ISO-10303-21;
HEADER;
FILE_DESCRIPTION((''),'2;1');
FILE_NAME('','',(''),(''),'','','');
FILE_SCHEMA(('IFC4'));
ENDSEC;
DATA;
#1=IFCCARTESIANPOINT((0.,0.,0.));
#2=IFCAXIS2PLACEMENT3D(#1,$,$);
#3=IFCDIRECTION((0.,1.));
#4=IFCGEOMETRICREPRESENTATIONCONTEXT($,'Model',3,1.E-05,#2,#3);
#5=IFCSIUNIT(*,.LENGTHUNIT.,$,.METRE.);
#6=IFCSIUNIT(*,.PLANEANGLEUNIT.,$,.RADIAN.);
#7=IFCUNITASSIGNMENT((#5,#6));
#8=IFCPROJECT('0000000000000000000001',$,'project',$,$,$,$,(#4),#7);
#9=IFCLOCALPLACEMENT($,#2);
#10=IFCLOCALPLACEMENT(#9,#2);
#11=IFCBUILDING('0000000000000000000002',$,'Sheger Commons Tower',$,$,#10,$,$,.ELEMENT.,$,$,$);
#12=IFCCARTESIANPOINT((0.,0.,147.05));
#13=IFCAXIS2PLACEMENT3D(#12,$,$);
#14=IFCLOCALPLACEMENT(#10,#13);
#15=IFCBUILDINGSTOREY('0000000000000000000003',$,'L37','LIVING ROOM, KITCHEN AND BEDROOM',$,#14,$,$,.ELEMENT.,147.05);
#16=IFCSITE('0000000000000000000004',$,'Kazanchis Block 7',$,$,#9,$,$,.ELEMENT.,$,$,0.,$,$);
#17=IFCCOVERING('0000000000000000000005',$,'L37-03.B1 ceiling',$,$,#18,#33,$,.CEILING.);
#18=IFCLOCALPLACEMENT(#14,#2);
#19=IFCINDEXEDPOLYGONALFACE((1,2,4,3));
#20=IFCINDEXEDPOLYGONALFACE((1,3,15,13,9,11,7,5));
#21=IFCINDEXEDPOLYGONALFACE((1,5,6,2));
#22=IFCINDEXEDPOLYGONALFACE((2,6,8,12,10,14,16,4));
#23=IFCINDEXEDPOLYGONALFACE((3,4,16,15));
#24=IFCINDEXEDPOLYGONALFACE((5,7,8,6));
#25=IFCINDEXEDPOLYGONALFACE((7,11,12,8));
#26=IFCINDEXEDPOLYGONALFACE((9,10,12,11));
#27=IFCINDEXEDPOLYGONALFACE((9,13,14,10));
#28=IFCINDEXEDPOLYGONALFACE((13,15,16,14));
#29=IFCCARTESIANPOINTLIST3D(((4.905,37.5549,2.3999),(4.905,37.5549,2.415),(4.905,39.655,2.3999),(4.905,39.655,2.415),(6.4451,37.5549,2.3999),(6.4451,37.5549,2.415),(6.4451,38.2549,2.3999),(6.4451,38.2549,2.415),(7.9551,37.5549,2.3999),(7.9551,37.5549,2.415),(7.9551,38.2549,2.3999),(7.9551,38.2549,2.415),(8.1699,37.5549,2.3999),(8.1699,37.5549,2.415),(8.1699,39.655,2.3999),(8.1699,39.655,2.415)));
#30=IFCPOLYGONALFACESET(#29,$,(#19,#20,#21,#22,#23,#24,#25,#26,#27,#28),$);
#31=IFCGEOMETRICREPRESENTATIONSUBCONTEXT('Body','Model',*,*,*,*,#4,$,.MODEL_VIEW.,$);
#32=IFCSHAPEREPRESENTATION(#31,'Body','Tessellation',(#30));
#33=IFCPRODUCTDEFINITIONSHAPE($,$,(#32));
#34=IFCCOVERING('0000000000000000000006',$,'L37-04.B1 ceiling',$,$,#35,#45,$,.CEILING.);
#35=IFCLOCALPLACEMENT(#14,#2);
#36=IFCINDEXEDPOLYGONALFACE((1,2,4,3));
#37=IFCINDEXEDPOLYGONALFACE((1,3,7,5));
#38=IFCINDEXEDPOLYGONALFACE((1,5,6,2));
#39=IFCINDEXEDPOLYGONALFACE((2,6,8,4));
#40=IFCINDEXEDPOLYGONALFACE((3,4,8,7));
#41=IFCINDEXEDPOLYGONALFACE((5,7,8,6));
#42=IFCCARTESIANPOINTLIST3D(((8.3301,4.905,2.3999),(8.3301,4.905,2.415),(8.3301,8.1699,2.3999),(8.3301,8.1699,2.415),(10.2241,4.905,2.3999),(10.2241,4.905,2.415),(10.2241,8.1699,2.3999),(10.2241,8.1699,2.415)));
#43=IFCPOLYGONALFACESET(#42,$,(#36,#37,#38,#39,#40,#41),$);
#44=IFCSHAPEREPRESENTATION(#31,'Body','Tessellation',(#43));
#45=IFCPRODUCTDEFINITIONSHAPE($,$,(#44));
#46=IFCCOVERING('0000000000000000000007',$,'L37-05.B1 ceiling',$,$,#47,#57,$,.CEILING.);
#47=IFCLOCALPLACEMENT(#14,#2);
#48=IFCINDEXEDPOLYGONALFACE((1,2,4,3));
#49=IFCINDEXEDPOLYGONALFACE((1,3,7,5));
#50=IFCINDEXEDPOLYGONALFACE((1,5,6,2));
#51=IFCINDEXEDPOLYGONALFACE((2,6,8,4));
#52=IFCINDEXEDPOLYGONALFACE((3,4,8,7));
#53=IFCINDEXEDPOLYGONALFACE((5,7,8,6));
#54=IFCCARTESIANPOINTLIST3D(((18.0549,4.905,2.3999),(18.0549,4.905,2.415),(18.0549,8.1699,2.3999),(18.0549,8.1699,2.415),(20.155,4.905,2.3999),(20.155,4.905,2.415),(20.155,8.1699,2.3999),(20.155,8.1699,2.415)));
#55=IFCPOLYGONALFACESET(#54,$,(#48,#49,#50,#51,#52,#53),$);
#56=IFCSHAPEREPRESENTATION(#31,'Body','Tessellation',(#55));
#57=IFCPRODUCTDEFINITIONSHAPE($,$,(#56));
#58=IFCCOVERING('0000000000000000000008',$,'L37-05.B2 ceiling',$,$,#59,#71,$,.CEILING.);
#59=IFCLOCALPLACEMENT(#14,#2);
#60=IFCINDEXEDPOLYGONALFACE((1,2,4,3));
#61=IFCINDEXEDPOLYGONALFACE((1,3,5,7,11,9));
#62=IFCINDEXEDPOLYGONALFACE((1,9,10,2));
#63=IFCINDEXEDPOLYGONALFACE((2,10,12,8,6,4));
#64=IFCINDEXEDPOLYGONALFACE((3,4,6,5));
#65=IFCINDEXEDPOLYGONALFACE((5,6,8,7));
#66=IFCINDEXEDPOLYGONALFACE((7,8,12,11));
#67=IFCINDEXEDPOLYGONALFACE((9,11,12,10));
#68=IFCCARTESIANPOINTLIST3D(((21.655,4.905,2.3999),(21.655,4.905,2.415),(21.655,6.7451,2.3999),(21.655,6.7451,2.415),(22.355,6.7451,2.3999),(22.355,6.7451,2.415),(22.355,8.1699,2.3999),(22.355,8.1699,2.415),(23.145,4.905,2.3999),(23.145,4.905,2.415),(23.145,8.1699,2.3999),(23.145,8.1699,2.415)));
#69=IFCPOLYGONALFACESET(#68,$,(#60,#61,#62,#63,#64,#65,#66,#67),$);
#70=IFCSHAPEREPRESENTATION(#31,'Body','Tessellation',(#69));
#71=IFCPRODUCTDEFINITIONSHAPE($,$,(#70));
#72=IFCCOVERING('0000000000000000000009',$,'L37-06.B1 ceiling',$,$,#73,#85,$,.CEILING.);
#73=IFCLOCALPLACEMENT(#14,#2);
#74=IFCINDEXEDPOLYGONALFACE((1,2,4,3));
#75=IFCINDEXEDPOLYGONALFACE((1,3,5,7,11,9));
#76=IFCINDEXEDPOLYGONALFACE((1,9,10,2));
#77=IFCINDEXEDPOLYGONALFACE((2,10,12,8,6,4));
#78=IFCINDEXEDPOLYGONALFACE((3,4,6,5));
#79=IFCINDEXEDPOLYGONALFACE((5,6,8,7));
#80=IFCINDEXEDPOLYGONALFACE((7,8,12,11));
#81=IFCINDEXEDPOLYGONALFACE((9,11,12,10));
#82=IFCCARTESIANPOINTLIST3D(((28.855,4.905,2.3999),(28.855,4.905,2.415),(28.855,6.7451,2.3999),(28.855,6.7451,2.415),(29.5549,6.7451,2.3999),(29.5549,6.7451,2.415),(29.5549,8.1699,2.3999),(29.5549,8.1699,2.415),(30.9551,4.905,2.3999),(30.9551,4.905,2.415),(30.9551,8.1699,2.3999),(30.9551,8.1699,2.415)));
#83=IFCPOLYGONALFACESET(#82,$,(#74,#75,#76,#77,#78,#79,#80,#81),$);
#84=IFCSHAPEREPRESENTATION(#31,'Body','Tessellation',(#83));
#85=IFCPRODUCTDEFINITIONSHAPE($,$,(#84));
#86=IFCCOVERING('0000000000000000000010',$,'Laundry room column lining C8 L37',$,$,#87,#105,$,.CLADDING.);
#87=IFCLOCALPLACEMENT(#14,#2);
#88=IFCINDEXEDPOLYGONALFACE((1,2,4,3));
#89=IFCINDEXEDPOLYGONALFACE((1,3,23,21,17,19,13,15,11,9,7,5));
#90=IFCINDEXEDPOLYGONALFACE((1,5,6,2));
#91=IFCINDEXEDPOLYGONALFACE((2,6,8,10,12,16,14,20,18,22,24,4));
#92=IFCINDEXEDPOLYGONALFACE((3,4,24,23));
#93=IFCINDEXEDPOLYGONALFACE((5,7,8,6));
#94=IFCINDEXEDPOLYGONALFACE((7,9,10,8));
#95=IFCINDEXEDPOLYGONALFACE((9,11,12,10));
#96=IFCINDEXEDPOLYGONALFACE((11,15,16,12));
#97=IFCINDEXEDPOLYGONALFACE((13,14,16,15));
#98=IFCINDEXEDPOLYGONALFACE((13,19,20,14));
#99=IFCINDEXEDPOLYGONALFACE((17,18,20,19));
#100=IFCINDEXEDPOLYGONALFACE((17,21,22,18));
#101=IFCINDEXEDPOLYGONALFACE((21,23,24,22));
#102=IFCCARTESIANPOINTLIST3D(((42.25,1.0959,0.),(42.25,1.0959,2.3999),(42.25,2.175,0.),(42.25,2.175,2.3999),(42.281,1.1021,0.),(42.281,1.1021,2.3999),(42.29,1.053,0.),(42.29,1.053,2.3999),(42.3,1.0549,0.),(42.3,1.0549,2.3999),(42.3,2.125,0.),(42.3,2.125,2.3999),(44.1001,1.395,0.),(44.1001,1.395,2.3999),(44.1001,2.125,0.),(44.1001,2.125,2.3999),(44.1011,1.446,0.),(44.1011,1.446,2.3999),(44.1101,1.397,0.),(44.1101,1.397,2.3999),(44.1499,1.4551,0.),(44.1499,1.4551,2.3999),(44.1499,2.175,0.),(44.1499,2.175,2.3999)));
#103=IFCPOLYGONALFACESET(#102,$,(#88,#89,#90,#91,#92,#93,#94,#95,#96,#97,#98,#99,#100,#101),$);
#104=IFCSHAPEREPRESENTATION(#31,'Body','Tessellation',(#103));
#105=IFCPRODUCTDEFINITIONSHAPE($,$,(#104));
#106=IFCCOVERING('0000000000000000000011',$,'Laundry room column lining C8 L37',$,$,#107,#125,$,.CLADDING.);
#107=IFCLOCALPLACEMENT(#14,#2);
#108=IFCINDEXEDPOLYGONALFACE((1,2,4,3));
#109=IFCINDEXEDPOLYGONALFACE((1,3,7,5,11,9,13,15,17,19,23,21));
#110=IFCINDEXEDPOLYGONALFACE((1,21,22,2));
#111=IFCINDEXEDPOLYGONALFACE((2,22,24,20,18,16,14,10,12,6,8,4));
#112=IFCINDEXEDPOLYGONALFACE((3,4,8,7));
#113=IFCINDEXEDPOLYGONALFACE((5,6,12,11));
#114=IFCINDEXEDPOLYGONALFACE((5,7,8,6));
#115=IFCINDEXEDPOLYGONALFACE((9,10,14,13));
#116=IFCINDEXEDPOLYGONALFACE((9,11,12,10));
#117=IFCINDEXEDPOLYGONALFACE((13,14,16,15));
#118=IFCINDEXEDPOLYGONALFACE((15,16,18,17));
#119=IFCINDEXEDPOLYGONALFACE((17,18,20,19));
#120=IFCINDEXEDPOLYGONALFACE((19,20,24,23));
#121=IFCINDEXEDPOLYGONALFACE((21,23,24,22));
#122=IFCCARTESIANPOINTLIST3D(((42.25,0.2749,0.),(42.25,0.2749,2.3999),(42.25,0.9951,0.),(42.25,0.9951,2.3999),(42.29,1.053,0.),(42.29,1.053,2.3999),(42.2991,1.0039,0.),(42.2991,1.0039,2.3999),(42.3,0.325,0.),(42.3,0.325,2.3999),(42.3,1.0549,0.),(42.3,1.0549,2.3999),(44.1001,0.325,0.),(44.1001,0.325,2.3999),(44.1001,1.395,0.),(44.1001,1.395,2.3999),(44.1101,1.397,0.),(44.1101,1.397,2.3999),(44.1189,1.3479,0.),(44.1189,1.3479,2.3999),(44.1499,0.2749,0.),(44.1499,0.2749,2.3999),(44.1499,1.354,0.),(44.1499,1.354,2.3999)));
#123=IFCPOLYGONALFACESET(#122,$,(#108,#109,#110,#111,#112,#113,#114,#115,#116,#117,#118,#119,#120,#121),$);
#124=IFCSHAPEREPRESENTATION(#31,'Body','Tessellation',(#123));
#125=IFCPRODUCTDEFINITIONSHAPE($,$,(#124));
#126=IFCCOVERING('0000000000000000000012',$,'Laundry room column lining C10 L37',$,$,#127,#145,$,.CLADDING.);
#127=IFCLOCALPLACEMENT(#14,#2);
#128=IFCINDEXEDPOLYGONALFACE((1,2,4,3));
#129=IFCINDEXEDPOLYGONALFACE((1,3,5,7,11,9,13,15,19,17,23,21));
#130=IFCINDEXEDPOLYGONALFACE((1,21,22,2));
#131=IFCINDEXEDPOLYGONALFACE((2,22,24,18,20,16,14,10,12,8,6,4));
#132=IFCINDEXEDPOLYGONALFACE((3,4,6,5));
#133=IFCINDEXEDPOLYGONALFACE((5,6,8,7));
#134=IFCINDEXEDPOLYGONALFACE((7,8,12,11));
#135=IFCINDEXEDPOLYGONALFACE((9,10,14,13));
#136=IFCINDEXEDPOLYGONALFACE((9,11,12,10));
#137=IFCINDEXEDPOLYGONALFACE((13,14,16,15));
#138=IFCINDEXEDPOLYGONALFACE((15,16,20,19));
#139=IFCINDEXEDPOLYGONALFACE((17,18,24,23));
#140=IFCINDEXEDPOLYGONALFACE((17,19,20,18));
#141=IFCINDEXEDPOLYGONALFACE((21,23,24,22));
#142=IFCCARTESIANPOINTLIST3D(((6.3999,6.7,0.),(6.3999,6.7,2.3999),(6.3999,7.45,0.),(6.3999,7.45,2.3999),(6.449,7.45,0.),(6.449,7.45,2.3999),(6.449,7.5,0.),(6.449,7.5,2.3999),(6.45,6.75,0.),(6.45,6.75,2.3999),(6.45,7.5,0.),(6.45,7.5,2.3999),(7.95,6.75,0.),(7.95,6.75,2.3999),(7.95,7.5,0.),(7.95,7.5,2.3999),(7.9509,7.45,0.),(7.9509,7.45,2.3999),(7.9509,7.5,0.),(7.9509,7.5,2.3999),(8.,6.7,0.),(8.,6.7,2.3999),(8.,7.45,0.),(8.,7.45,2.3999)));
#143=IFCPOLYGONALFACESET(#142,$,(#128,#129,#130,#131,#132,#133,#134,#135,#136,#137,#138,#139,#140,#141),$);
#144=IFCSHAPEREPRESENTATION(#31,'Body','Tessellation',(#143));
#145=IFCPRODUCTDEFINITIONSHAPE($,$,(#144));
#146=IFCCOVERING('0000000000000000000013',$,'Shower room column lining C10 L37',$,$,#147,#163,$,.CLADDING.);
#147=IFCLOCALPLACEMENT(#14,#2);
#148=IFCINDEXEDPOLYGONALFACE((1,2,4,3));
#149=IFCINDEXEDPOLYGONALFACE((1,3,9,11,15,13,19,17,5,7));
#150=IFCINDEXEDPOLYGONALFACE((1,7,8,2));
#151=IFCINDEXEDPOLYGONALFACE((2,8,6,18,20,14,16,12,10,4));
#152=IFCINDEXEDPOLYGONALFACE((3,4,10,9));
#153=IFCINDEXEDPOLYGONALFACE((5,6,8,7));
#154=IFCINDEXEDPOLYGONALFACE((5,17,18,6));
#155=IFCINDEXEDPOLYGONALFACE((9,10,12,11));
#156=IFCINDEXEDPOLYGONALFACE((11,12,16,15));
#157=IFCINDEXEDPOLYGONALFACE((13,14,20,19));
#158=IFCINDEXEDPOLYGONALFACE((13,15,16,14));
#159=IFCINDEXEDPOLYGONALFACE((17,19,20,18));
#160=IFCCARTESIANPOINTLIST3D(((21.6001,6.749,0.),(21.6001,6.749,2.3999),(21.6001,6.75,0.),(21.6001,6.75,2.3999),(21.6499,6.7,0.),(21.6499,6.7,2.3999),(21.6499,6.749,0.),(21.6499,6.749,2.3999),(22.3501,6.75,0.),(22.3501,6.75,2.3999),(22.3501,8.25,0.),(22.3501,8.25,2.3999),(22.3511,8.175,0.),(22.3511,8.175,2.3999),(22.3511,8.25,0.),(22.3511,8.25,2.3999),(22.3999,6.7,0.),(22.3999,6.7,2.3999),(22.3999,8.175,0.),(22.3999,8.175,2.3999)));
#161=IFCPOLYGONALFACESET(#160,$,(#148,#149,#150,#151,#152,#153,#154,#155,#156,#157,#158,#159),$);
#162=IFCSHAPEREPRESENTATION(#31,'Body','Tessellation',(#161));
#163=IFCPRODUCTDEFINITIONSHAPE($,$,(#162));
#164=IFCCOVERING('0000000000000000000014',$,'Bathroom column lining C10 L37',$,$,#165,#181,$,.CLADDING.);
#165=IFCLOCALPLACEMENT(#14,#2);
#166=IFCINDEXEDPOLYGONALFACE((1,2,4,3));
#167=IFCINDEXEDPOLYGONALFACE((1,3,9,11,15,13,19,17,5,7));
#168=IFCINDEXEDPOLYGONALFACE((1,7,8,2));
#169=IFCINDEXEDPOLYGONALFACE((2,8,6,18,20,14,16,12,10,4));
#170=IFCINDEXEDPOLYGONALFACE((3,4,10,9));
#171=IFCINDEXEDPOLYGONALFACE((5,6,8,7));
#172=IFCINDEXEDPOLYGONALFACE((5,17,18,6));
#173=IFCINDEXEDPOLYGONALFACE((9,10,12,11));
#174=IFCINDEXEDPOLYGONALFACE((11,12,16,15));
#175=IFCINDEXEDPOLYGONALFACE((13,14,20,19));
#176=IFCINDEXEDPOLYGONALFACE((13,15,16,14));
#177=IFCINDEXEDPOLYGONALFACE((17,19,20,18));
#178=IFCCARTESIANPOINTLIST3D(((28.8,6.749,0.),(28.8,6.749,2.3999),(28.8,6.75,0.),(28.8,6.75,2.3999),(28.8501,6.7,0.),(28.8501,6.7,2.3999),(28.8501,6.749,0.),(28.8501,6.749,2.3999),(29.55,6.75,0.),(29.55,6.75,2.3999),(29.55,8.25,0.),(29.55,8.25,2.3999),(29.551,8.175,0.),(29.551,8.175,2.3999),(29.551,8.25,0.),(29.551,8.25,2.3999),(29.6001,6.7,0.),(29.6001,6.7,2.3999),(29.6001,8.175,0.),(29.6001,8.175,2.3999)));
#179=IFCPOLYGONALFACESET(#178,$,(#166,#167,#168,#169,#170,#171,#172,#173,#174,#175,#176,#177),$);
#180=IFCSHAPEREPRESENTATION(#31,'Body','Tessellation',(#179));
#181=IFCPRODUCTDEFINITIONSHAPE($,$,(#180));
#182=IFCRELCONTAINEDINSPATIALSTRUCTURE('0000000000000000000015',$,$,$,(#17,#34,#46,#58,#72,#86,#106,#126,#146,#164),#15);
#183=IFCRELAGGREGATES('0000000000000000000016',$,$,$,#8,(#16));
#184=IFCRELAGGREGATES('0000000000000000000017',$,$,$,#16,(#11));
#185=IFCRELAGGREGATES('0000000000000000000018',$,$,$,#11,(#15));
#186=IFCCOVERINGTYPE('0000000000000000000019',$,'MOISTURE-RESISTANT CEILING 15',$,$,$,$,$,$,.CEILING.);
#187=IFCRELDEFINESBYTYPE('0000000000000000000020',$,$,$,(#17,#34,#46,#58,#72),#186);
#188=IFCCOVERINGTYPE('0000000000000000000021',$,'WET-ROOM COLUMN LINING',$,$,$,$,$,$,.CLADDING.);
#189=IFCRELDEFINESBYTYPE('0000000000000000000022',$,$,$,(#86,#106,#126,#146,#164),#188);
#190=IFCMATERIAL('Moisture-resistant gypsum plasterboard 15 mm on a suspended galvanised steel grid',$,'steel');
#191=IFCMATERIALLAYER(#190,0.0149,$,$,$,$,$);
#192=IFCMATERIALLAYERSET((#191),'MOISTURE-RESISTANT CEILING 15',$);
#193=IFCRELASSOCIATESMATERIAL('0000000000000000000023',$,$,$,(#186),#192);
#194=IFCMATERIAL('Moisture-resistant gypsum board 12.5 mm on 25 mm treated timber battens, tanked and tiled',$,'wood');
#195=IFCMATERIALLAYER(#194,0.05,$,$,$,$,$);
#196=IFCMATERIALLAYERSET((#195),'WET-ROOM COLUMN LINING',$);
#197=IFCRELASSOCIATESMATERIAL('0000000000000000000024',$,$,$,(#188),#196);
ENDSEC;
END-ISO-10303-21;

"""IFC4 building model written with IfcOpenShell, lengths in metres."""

from ifc_helpers import new_model, si_unit, direction, frame, origin, place, context, subcontext, project, spatial, polyline, outline, extrude, material, layer, layer_set, type_object, element, save


model = new_model("IFC4")

# Units and contexts
model_context = context("Model", 3, precision=1e-05, world=origin(), true_north=direction((0.0, 1.0)))
body_context = subcontext(model_context, "Body", "Model", "MODEL_VIEW")
ifc_project = project(units=[si_unit("LENGTHUNIT", "METRE"), si_unit("PLANEANGLEUNIT", "RADIAN")], contexts=[model_context])

# Site, building, storey
site_placement = place(None, origin())
site = spatial("IfcSite", under=ifc_project, at=site_placement, Name="Kazanchis Block 7", CompositionType="ELEMENT", RefElevation=0.0)
building_placement = place(site_placement, origin())
building = spatial("IfcBuilding", under=site, at=building_placement, Name="Sheger Commons Tower", CompositionType="ELEMENT")
storey_placement = place(building_placement, frame((0.0, 0.0, 147.05)))
storey = spatial("IfcBuildingStorey", under=building, at=storey_placement, Name="L37", Description="LIVING ROOM, KITCHEN AND BEDROOM", CompositionType="ELEMENT", Elevation=147.05)

# Coverings
ifc_material_1 = material(Name="Moisture-resistant gypsum plasterboard 15 mm on a suspended galvanised steel grid", Category="steel")
ifc_layer_1 = layer(ifc_material_1, 0.0149)
ifc_layer_set_1 = layer_set([ifc_layer_1], Name="MOISTURE-RESISTANT CEILING 15")
covering_type_1 = type_object("IfcCoveringType", Name="MOISTURE-RESISTANT CEILING 15", PredefinedType="CEILING", material=ifc_layer_set_1)
covering_1_placement = place(storey_placement, frame((0.0, 0.0, 2.3999)))
element("IfcCovering", 1, at=covering_1_placement, inside=storey, type_object=covering_type_1, Name="L37-03.B1 ceiling", PredefinedType="CEILING", context=body_context, shape_type="SweptSolid", body=[
    extrude(outline(polyline([(4.905, 37.5549), (6.4451, 37.5549), (6.4451, 38.2549), (7.9551, 38.2549), (7.9551, 37.5549), (8.1699, 37.5549), (8.1699, 39.655), (4.905, 39.655), (4.905, 37.5549)])), origin(), (0.0, 0.0, 1.0), 0.0151),
])
covering_2_placement = place(storey_placement, frame((0.0, 0.0, 2.3999)))
element("IfcCovering", 2, at=covering_2_placement, inside=storey, type_object=covering_type_1, Name="L37-04.B1 ceiling", PredefinedType="CEILING", context=body_context, shape_type="SweptSolid", body=[
    extrude(outline(polyline([(8.3301, 4.905), (10.2241, 4.905), (10.2241, 8.1699), (8.3301, 8.1699), (8.3301, 4.905)])), origin(), (0.0, 0.0, 1.0), 0.0151),
])
covering_3_placement = place(storey_placement, frame((0.0, 0.0, 2.3999)))
element("IfcCovering", 3, at=covering_3_placement, inside=storey, type_object=covering_type_1, Name="L37-05.B1 ceiling", PredefinedType="CEILING", context=body_context, shape_type="SweptSolid", body=[
    extrude(outline(polyline([(18.0549, 4.905), (20.155, 4.905), (20.155, 8.1699), (18.0549, 8.1699), (18.0549, 4.905)])), origin(), (0.0, 0.0, 1.0), 0.0151),
])
covering_4_placement = place(storey_placement, frame((0.0, 0.0, 2.3999)))
element("IfcCovering", 4, at=covering_4_placement, inside=storey, type_object=covering_type_1, Name="L37-05.B2 ceiling", PredefinedType="CEILING", context=body_context, shape_type="SweptSolid", body=[
    extrude(outline(polyline([(21.655, 4.905), (23.145, 4.905), (23.145, 8.1699), (22.355, 8.1699), (22.355, 6.7451), (21.655, 6.7451), (21.655, 4.905)])), origin(), (0.0, 0.0, 1.0), 0.0151),
])
covering_5_placement = place(storey_placement, frame((0.0, 0.0, 2.3999)))
element("IfcCovering", 5, at=covering_5_placement, inside=storey, type_object=covering_type_1, Name="L37-06.B1 ceiling", PredefinedType="CEILING", context=body_context, shape_type="SweptSolid", body=[
    extrude(outline(polyline([(28.855, 4.905), (30.9551, 4.905), (30.9551, 8.1699), (29.5549, 8.1699), (29.5549, 6.7451), (28.855, 6.7451), (28.855, 4.905)])), origin(), (0.0, 0.0, 1.0), 0.0151),
])
ifc_material_2 = material(Name="Moisture-resistant gypsum board 12.5 mm on 25 mm treated timber battens, tanked and tiled", Category="wood")
ifc_layer_2 = layer(ifc_material_2, 0.05)
ifc_layer_set_2 = layer_set([ifc_layer_2], Name="WET-ROOM COLUMN LINING")
covering_type_2 = type_object("IfcCoveringType", Name="WET-ROOM COLUMN LINING", PredefinedType="CLADDING", material=ifc_layer_set_2)
covering_6_placement = place(storey_placement, origin())
element("IfcCovering", 6, at=covering_6_placement, inside=storey, type_object=covering_type_2, Name="Laundry room column lining C8 L37", PredefinedType="CLADDING", context=body_context, shape_type="SweptSolid", body=[
    extrude(outline(polyline([(44.1499, 2.175), (44.1499, 1.4551), (44.1011, 1.446), (44.1101, 1.397), (44.1001, 1.395), (44.1001, 2.125), (42.3, 2.125), (42.3, 1.0549), (42.29, 1.053), (42.281, 1.1021), (42.25, 1.0959), (42.25, 2.175), (44.1499, 2.175)])), origin(), (0.0, 0.0, 1.0), 2.3999),
])
covering_7_placement = place(storey_placement, origin())
element("IfcCovering", 7, at=covering_7_placement, inside=storey, type_object=covering_type_2, Name="Laundry room column lining C8 L37", PredefinedType="CLADDING", context=body_context, shape_type="SweptSolid", body=[
    extrude(outline(polyline([(42.3, 1.0549), (42.3, 0.325), (44.1001, 0.325), (44.1001, 1.395), (44.1101, 1.397), (44.1189, 1.3479), (44.1499, 1.354), (44.1499, 0.2749), (42.25, 0.2749), (42.25, 0.9951), (42.2991, 1.0039), (42.29, 1.053), (42.3, 1.0549)])), origin(), (0.0, 0.0, 1.0), 2.3999),
])
covering_8_placement = place(storey_placement, origin())
element("IfcCovering", 8, at=covering_8_placement, inside=storey, type_object=covering_type_2, Name="Laundry room column lining C10 L37", PredefinedType="CLADDING", context=body_context, shape_type="SweptSolid", body=[
    extrude(outline(polyline([(6.45, 7.5), (6.45, 6.75), (7.95, 6.75), (7.95, 7.5), (7.9509, 7.5), (7.9509, 7.45), (8.0, 7.45), (8.0, 6.7), (6.3999, 6.7), (6.3999, 7.45), (6.449, 7.45), (6.449, 7.5), (6.45, 7.5)])), origin(), (0.0, 0.0, 1.0), 2.3999),
])
covering_9_placement = place(storey_placement, origin())
element("IfcCovering", 9, at=covering_9_placement, inside=storey, type_object=covering_type_2, Name="Shower room column lining C10 L37", PredefinedType="CLADDING", context=body_context, shape_type="SweptSolid", body=[
    extrude(outline(polyline([(21.6499, 6.7), (21.6499, 6.749), (21.6001, 6.749), (21.6001, 6.75), (22.3501, 6.75), (22.3501, 8.25), (22.3511, 8.25), (22.3511, 8.175), (22.3999, 8.175), (22.3999, 6.7), (21.6499, 6.7)])), origin(), (0.0, 0.0, 1.0), 2.3999),
])
covering_10_placement = place(storey_placement, origin())
element("IfcCovering", 10, at=covering_10_placement, inside=storey, type_object=covering_type_2, Name="Bathroom column lining C10 L37", PredefinedType="CLADDING", context=body_context, shape_type="SweptSolid", body=[
    extrude(outline(polyline([(28.8501, 6.7), (28.8501, 6.749), (28.8, 6.749), (28.8, 6.75), (29.55, 6.75), (29.55, 8.25), (29.551, 8.25), (29.551, 8.175), (29.6001, 8.175), (29.6001, 6.7), (28.8501, 6.7)])), origin(), (0.0, 0.0, 1.0), 2.3999),
])

save(model, "model.ifc")
